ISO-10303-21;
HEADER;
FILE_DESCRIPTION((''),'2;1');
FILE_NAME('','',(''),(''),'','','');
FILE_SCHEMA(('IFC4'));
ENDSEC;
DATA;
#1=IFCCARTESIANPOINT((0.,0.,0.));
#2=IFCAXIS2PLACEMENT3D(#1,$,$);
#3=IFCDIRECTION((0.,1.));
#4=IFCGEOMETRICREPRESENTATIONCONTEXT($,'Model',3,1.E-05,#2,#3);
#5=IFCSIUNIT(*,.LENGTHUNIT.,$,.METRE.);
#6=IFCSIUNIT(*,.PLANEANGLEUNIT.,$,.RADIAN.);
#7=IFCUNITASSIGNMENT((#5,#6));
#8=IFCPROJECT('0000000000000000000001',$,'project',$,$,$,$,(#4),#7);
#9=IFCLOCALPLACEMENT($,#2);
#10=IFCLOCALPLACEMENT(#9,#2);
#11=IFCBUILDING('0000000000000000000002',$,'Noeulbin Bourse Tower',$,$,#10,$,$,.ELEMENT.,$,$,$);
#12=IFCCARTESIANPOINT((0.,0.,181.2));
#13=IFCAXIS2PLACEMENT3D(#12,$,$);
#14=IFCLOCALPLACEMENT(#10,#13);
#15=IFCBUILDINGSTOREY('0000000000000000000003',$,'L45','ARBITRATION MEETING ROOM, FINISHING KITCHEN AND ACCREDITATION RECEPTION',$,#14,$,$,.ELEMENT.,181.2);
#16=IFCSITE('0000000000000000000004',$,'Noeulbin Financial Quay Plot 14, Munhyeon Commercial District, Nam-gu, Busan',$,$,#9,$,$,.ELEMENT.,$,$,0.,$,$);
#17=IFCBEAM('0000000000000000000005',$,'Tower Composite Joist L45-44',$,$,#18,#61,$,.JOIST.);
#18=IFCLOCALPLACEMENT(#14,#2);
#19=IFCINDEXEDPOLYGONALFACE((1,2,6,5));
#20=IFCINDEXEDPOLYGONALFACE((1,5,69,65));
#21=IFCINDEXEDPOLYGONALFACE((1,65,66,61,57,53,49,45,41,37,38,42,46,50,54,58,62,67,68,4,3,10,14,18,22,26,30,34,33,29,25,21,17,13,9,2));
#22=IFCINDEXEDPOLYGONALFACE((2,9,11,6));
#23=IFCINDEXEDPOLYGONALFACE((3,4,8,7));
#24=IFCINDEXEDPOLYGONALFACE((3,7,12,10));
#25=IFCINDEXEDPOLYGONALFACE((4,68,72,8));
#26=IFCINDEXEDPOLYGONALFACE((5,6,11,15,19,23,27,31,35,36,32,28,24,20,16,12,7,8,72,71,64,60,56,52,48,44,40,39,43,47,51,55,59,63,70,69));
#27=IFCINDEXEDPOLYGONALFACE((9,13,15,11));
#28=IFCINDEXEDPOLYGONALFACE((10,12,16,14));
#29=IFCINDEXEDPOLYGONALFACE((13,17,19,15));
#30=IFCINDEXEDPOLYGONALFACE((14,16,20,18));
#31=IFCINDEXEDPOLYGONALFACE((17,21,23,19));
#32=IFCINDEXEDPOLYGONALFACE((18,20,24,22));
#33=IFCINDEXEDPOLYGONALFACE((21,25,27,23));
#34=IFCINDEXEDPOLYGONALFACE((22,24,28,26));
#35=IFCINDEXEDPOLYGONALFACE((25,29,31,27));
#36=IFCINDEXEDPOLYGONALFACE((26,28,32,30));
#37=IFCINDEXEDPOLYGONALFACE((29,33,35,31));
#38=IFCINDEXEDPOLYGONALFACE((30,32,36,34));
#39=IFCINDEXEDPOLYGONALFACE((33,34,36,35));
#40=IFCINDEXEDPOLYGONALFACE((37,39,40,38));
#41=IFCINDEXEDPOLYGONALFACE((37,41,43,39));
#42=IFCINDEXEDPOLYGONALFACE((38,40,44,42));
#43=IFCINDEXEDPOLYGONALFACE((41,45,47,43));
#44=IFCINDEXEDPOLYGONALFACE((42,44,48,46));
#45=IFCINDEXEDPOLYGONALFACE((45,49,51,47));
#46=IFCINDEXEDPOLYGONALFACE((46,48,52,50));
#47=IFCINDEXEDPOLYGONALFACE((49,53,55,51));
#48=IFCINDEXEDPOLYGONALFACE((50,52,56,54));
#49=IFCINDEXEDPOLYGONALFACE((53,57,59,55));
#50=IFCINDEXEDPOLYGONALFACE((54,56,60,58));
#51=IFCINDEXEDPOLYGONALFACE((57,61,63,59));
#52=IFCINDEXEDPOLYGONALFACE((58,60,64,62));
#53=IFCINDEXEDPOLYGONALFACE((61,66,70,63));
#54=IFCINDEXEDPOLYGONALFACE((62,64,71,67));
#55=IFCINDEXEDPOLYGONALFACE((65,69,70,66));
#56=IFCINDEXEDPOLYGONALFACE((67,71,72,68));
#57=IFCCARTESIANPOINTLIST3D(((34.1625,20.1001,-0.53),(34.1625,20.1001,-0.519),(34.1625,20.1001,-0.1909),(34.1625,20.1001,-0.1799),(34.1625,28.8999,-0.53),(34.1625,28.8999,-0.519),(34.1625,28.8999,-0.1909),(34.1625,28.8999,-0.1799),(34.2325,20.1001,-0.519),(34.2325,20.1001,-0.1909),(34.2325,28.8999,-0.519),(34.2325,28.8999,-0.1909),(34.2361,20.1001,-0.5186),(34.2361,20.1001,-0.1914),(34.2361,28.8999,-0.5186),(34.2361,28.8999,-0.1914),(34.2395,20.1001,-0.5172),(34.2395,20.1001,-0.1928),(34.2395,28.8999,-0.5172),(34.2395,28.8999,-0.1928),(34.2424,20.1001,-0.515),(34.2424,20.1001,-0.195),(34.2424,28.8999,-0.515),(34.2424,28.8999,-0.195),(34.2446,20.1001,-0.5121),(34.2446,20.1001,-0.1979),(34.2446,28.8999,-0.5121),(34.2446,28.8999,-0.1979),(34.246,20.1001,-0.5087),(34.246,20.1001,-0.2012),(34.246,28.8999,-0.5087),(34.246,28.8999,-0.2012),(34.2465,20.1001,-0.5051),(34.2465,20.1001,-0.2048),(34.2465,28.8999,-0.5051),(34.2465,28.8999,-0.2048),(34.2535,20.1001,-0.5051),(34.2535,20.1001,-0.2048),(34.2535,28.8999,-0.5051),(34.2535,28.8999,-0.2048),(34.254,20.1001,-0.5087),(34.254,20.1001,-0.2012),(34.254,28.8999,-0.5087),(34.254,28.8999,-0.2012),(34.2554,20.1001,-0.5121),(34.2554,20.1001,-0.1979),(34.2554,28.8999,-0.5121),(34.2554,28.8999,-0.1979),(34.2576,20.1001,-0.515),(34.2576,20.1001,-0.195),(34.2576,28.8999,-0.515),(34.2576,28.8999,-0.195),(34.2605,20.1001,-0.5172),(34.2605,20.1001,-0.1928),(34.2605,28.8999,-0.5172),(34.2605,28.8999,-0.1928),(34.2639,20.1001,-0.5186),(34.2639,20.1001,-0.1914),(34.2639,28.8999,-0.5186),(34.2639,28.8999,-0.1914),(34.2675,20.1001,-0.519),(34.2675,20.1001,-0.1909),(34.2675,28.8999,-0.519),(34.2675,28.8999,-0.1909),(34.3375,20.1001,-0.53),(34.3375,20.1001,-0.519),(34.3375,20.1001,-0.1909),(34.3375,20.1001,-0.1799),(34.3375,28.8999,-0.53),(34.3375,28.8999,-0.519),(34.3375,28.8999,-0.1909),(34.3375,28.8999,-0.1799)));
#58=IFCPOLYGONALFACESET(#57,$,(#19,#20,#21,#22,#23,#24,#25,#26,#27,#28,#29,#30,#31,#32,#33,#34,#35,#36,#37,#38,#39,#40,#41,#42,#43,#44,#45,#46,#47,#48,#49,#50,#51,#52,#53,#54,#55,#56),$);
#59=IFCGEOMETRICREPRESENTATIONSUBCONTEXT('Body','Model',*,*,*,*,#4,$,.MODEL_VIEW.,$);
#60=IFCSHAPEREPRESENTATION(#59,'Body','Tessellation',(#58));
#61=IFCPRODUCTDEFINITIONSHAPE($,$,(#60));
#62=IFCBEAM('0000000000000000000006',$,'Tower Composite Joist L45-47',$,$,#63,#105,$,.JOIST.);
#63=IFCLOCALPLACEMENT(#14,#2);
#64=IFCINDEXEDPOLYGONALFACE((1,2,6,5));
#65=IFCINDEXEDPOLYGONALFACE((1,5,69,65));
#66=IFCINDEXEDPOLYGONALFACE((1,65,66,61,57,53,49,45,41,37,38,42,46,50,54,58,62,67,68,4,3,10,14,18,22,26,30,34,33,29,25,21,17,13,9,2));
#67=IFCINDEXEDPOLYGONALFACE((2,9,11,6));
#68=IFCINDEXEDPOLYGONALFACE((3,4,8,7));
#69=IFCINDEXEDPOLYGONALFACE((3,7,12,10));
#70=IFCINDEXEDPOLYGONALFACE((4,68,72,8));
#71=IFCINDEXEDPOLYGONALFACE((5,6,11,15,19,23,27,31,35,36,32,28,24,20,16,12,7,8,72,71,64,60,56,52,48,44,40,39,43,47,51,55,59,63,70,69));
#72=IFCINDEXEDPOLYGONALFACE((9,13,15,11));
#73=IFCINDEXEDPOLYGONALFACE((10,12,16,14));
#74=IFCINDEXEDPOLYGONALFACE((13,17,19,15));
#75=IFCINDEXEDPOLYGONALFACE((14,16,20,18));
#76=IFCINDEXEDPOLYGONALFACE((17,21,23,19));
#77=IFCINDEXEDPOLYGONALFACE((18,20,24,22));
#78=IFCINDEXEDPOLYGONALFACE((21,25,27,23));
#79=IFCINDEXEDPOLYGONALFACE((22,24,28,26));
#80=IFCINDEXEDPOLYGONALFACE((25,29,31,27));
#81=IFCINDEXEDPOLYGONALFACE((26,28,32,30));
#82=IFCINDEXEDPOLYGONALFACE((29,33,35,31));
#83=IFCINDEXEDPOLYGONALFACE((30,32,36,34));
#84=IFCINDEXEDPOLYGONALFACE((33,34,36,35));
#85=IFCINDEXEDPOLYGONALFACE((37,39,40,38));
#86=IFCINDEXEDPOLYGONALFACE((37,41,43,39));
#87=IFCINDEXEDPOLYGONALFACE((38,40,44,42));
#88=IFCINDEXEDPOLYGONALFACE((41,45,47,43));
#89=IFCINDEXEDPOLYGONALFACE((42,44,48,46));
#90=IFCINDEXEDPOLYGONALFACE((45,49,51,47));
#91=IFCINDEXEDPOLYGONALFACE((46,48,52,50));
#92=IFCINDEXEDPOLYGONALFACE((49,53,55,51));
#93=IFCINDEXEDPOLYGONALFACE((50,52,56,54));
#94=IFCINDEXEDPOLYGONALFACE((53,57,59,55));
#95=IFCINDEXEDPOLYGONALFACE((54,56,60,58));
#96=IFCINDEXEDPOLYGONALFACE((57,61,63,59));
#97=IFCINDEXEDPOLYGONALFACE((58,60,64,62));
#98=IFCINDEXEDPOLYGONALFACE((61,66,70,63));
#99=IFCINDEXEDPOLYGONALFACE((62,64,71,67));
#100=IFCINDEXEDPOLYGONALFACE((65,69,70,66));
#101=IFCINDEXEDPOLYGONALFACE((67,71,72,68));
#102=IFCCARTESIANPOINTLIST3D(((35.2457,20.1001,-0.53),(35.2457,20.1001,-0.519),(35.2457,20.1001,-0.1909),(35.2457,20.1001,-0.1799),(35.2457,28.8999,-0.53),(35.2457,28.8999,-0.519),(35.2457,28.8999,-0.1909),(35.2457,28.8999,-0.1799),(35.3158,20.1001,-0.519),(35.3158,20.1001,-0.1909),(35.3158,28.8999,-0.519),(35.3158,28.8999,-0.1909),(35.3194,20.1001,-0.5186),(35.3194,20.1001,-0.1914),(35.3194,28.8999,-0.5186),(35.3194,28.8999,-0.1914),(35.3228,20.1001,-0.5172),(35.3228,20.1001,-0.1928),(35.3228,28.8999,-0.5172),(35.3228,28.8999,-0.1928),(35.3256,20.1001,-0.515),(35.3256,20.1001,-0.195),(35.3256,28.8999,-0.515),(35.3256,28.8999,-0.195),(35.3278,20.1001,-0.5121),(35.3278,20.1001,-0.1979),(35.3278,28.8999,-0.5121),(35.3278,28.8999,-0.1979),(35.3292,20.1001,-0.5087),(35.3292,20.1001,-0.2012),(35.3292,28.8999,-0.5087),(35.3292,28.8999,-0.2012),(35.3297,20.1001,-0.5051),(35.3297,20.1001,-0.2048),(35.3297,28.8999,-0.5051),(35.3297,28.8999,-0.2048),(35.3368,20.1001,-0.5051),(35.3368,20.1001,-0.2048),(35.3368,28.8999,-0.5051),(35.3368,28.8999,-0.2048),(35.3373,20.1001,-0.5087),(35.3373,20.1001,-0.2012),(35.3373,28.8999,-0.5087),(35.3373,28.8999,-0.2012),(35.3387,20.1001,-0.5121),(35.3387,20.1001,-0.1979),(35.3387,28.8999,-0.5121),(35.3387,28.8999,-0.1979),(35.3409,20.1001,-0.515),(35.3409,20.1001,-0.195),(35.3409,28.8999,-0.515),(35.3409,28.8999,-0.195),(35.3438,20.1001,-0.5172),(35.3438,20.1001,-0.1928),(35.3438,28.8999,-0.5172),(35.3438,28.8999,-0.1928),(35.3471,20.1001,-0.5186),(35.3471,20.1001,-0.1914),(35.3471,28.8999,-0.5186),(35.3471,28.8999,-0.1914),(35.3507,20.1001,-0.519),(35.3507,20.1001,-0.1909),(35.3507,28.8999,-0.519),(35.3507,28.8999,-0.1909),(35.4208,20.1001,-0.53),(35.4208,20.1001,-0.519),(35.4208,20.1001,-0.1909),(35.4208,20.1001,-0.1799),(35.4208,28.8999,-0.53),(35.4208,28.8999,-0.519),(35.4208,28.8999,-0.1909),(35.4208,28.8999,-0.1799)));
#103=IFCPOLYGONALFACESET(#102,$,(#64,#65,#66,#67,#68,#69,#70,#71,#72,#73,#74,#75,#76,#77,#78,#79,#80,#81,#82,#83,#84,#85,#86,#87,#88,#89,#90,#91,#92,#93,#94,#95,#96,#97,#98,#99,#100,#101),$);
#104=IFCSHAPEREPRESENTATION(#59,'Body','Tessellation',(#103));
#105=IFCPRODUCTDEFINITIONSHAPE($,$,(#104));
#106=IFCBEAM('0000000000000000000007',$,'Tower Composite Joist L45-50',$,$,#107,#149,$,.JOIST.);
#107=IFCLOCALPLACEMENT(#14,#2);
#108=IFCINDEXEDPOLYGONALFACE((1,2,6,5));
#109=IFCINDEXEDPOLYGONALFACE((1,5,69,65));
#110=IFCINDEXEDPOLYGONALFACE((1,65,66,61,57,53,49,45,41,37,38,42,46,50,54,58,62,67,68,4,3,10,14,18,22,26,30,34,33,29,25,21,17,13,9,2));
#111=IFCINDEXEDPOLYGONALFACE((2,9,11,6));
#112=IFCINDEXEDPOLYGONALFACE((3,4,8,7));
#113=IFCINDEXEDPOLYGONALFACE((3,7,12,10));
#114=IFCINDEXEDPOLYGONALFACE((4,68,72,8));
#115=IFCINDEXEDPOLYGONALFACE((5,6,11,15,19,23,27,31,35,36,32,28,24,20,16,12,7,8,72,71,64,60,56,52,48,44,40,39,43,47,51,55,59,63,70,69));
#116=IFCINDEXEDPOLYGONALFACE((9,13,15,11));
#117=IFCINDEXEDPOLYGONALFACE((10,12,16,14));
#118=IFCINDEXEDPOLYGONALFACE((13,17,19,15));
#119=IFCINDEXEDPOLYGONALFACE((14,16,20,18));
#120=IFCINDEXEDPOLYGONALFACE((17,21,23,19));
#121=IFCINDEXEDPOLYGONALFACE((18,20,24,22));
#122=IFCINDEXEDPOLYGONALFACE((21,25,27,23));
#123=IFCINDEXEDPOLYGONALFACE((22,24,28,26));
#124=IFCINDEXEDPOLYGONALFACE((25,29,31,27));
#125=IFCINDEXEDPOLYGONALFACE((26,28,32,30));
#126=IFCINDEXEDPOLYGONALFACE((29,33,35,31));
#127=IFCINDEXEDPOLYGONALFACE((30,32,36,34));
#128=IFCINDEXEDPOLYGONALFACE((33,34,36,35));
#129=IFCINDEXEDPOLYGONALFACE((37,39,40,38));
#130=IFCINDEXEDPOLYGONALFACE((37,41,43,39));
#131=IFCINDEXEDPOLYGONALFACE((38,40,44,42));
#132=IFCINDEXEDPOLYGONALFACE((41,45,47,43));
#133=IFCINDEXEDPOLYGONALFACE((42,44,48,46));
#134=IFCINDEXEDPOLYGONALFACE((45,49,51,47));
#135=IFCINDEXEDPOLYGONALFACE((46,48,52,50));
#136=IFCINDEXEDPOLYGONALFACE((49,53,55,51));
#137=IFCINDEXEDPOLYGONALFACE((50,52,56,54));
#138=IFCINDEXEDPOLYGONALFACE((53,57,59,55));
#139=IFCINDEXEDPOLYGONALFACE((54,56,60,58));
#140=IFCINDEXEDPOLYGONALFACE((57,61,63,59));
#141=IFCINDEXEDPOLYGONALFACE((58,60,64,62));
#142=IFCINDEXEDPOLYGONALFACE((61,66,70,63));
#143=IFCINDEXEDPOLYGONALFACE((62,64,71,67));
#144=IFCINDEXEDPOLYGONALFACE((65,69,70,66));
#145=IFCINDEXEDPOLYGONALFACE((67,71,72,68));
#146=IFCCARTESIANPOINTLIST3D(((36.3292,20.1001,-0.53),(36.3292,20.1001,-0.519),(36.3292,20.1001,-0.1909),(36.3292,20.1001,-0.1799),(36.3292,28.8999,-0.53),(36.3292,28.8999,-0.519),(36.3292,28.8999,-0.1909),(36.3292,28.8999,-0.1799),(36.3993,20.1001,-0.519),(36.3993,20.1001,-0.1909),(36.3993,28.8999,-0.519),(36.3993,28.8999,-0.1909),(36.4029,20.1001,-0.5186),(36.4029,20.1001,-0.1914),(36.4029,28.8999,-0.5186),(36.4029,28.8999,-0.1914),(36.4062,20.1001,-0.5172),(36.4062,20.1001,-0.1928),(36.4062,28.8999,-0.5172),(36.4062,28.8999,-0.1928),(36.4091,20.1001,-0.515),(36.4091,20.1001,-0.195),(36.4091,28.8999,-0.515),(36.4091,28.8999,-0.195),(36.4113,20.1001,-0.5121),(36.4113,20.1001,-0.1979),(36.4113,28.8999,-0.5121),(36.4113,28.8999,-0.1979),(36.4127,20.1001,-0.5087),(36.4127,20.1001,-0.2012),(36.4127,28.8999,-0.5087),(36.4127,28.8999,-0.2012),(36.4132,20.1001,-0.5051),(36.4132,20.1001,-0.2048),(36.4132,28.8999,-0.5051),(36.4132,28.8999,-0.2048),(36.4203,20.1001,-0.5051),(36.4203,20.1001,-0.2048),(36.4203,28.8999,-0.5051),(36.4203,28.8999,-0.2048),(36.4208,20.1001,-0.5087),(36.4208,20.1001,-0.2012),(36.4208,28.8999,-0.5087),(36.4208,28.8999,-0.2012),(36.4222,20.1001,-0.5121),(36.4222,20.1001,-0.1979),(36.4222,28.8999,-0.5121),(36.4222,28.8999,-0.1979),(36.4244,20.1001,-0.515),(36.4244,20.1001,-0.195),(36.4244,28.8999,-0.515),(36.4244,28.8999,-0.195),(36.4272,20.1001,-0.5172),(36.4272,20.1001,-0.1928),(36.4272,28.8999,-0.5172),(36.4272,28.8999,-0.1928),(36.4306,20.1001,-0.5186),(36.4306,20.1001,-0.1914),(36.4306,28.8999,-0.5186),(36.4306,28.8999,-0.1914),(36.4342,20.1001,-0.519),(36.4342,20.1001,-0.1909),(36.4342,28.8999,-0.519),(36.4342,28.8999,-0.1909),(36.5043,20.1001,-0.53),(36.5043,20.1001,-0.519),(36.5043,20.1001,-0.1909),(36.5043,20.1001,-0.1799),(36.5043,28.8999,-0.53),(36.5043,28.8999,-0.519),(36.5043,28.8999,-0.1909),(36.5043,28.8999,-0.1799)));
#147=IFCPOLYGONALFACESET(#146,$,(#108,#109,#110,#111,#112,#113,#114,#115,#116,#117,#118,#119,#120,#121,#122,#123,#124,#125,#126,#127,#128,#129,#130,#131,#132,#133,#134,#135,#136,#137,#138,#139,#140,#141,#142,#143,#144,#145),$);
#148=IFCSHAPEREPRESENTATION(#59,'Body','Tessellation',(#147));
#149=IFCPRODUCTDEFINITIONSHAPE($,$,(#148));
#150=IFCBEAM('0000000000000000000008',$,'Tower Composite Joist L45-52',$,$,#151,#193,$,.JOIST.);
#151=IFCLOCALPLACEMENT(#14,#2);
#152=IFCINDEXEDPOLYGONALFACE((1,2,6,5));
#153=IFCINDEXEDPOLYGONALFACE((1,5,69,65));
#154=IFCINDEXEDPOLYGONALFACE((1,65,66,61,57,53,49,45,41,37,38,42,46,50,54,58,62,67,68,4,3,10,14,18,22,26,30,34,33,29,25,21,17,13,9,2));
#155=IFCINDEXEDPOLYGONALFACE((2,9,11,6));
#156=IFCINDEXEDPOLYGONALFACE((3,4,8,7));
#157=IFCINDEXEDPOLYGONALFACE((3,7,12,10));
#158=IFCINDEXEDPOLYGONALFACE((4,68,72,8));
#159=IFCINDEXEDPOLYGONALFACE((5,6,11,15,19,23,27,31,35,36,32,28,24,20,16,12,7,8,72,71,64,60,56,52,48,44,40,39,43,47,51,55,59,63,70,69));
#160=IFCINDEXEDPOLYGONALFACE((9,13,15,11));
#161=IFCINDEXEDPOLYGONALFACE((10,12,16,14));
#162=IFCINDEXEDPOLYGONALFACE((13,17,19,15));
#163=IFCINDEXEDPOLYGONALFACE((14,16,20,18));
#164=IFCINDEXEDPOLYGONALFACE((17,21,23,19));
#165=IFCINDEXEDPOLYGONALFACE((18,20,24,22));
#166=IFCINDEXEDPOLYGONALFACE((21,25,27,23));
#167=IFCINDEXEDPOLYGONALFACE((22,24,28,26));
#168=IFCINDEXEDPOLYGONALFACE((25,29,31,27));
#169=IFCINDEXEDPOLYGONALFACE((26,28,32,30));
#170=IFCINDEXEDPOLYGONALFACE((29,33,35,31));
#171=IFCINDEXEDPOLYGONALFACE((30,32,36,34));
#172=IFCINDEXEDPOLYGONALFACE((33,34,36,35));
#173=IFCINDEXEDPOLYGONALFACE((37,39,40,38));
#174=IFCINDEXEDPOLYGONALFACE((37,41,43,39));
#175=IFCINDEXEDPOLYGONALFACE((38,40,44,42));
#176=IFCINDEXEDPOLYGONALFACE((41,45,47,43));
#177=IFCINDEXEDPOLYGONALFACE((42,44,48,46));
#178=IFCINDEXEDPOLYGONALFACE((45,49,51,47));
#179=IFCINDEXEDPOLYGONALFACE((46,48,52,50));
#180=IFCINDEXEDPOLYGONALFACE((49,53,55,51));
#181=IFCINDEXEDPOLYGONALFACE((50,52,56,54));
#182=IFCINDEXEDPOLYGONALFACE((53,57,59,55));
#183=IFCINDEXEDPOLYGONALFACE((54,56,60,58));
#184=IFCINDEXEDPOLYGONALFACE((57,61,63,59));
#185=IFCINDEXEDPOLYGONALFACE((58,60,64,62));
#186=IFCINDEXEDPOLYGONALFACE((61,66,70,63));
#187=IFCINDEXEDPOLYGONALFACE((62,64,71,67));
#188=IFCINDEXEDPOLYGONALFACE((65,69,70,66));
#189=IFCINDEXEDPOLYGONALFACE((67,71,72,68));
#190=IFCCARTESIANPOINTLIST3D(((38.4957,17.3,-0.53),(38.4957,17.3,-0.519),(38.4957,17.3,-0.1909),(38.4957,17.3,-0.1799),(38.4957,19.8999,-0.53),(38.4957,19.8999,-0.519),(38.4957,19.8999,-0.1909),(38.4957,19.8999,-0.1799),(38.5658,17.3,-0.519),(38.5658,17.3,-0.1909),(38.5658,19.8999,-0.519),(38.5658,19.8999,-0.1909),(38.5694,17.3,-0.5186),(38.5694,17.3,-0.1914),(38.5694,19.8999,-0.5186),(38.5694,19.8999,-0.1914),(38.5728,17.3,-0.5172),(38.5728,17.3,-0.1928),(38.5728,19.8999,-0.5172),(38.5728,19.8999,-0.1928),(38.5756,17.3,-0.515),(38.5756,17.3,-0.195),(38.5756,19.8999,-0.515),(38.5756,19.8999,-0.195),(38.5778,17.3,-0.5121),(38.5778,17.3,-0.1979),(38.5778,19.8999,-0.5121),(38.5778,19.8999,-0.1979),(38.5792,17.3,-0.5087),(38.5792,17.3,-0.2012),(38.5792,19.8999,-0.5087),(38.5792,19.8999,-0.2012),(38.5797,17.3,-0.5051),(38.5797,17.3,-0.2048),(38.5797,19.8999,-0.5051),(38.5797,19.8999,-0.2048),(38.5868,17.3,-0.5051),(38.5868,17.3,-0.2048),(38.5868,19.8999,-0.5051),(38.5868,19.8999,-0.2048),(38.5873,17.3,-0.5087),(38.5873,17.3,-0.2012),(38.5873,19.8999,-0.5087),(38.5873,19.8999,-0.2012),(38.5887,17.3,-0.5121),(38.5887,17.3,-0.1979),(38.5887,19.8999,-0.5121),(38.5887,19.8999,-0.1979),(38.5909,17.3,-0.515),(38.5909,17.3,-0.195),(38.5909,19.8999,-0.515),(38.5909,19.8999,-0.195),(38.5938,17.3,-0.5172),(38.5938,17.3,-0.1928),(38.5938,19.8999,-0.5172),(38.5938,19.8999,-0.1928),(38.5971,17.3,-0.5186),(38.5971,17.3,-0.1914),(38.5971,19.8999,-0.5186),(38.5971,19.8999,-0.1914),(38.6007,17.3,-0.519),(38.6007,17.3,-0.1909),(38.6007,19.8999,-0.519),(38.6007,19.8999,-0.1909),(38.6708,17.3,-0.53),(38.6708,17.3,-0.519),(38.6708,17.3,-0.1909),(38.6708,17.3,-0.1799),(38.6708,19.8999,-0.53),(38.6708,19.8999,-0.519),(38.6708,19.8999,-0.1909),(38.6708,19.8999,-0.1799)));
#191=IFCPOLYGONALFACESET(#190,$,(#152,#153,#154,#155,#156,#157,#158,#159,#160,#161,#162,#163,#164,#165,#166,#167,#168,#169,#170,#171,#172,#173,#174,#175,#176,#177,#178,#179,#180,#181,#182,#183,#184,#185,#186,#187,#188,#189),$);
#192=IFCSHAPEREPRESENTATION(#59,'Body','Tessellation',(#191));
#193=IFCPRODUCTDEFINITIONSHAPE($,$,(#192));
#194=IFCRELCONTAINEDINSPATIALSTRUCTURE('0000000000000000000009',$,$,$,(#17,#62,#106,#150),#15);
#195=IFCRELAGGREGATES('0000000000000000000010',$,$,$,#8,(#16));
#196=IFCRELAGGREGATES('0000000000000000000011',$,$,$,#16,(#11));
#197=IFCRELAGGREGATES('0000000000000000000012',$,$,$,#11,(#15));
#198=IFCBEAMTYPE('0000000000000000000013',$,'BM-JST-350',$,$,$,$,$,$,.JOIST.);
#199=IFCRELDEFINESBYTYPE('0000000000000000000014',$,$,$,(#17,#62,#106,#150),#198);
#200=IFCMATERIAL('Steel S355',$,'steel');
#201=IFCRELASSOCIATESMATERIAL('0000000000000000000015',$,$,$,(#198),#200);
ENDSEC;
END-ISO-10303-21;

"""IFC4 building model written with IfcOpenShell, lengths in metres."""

from ifc_helpers import new_model, si_unit, direction, frame, origin, origin_2d, place, context, subcontext, project, spatial, i_section, extrude, material, material_profile, profile_set, type_object, element, save


model = new_model("IFC4")

# Units and contexts
model_context = context("Model", 3, precision=1e-05, world=origin(), true_north=direction((0.0, 1.0)))
body_context = subcontext(model_context, "Body", "Model", "MODEL_VIEW")
ifc_project = project(units=[si_unit("LENGTHUNIT", "METRE"), si_unit("PLANEANGLEUNIT", "RADIAN")], contexts=[model_context])

# Site, building, storey
site_placement = place(None, origin())
site = spatial("IfcSite", under=ifc_project, at=site_placement, Name="Noeulbin Financial Quay Plot 14, Munhyeon Commercial District, Nam-gu, Busan", CompositionType="ELEMENT", RefElevation=0.0)
building_placement = place(site_placement, origin())
building = spatial("IfcBuilding", under=site, at=building_placement, Name="Noeulbin Bourse Tower", CompositionType="ELEMENT")
storey_placement = place(building_placement, frame((0.0, 0.0, 181.2)))
storey = spatial("IfcBuildingStorey", under=building, at=storey_placement, Name="L45", Description="ARBITRATION MEETING ROOM, FINISHING KITCHEN AND ACCREDITATION RECEPTION", CompositionType="ELEMENT", Elevation=181.2)

# Beams
ifc_material_1 = material(Name="Steel S355", Category="steel")
ifc_material_profile_1 = material_profile(ifc_material_1, i_section(OverallWidth=0.175, OverallDepth=0.3501, WebThickness=0.0071, FlangeThickness=0.011, FilletRadius=0.0139, at=origin_2d()), Name="H-350x175x7x11", Category="LoadBearing")
ifc_profile_set_1 = profile_set([ifc_material_profile_1], Name="Steel S355")
beam_type_1 = type_object("IfcBeamType", Name="BM-JST-350", PredefinedType="JOIST", material=ifc_profile_set_1)
for number, where, z_axis, x_axis, name in (
    (1, (34.25, 20.1001, -0.355), (0.0, 1.0, 0.0), (-1.0, 0.0, 0.0), "Tower Composite Joist L45-44"),
    (2, (35.3333, 20.1001, -0.355), (0.0, 1.0, 0.0), (-1.0, 0.0, 0.0), "Tower Composite Joist L45-47"),
    (3, (36.4167, 20.1001, -0.355), (0.0, 1.0, 0.0), (-1.0, 0.0, 0.0), "Tower Composite Joist L45-50"),
):
    element("IfcBeam", number, at=place(storey_placement, frame(where, z_axis=z_axis, x_axis=x_axis)), inside=storey, type_object=beam_type_1, Name=name, PredefinedType="JOIST", context=body_context, shape_type="SweptSolid", body=[
        extrude(i_section(OverallWidth=0.175, OverallDepth=0.3501, WebThickness=0.0071, FlangeThickness=0.011, FilletRadius=0.0139, at=origin_2d()), origin(), (0.0, 0.0, 1.0), 8.7998),
    ])
beam_1_placement = place(storey_placement, frame((38.5833, 17.3, -0.355), z_axis=(0.0, 1.0, 0.0), x_axis=(-1.0, 0.0, 0.0)))
element("IfcBeam", 4, at=beam_1_placement, inside=storey, type_object=beam_type_1, Name="Tower Composite Joist L45-52", PredefinedType="JOIST", context=body_context, shape_type="SweptSolid", body=[
    extrude(i_section(OverallWidth=0.175, OverallDepth=0.3501, WebThickness=0.0071, FlangeThickness=0.011, FilletRadius=0.0139, at=origin_2d()), origin(), (0.0, 0.0, 1.0), 2.5999),
])

save(model, "model.ifc")
